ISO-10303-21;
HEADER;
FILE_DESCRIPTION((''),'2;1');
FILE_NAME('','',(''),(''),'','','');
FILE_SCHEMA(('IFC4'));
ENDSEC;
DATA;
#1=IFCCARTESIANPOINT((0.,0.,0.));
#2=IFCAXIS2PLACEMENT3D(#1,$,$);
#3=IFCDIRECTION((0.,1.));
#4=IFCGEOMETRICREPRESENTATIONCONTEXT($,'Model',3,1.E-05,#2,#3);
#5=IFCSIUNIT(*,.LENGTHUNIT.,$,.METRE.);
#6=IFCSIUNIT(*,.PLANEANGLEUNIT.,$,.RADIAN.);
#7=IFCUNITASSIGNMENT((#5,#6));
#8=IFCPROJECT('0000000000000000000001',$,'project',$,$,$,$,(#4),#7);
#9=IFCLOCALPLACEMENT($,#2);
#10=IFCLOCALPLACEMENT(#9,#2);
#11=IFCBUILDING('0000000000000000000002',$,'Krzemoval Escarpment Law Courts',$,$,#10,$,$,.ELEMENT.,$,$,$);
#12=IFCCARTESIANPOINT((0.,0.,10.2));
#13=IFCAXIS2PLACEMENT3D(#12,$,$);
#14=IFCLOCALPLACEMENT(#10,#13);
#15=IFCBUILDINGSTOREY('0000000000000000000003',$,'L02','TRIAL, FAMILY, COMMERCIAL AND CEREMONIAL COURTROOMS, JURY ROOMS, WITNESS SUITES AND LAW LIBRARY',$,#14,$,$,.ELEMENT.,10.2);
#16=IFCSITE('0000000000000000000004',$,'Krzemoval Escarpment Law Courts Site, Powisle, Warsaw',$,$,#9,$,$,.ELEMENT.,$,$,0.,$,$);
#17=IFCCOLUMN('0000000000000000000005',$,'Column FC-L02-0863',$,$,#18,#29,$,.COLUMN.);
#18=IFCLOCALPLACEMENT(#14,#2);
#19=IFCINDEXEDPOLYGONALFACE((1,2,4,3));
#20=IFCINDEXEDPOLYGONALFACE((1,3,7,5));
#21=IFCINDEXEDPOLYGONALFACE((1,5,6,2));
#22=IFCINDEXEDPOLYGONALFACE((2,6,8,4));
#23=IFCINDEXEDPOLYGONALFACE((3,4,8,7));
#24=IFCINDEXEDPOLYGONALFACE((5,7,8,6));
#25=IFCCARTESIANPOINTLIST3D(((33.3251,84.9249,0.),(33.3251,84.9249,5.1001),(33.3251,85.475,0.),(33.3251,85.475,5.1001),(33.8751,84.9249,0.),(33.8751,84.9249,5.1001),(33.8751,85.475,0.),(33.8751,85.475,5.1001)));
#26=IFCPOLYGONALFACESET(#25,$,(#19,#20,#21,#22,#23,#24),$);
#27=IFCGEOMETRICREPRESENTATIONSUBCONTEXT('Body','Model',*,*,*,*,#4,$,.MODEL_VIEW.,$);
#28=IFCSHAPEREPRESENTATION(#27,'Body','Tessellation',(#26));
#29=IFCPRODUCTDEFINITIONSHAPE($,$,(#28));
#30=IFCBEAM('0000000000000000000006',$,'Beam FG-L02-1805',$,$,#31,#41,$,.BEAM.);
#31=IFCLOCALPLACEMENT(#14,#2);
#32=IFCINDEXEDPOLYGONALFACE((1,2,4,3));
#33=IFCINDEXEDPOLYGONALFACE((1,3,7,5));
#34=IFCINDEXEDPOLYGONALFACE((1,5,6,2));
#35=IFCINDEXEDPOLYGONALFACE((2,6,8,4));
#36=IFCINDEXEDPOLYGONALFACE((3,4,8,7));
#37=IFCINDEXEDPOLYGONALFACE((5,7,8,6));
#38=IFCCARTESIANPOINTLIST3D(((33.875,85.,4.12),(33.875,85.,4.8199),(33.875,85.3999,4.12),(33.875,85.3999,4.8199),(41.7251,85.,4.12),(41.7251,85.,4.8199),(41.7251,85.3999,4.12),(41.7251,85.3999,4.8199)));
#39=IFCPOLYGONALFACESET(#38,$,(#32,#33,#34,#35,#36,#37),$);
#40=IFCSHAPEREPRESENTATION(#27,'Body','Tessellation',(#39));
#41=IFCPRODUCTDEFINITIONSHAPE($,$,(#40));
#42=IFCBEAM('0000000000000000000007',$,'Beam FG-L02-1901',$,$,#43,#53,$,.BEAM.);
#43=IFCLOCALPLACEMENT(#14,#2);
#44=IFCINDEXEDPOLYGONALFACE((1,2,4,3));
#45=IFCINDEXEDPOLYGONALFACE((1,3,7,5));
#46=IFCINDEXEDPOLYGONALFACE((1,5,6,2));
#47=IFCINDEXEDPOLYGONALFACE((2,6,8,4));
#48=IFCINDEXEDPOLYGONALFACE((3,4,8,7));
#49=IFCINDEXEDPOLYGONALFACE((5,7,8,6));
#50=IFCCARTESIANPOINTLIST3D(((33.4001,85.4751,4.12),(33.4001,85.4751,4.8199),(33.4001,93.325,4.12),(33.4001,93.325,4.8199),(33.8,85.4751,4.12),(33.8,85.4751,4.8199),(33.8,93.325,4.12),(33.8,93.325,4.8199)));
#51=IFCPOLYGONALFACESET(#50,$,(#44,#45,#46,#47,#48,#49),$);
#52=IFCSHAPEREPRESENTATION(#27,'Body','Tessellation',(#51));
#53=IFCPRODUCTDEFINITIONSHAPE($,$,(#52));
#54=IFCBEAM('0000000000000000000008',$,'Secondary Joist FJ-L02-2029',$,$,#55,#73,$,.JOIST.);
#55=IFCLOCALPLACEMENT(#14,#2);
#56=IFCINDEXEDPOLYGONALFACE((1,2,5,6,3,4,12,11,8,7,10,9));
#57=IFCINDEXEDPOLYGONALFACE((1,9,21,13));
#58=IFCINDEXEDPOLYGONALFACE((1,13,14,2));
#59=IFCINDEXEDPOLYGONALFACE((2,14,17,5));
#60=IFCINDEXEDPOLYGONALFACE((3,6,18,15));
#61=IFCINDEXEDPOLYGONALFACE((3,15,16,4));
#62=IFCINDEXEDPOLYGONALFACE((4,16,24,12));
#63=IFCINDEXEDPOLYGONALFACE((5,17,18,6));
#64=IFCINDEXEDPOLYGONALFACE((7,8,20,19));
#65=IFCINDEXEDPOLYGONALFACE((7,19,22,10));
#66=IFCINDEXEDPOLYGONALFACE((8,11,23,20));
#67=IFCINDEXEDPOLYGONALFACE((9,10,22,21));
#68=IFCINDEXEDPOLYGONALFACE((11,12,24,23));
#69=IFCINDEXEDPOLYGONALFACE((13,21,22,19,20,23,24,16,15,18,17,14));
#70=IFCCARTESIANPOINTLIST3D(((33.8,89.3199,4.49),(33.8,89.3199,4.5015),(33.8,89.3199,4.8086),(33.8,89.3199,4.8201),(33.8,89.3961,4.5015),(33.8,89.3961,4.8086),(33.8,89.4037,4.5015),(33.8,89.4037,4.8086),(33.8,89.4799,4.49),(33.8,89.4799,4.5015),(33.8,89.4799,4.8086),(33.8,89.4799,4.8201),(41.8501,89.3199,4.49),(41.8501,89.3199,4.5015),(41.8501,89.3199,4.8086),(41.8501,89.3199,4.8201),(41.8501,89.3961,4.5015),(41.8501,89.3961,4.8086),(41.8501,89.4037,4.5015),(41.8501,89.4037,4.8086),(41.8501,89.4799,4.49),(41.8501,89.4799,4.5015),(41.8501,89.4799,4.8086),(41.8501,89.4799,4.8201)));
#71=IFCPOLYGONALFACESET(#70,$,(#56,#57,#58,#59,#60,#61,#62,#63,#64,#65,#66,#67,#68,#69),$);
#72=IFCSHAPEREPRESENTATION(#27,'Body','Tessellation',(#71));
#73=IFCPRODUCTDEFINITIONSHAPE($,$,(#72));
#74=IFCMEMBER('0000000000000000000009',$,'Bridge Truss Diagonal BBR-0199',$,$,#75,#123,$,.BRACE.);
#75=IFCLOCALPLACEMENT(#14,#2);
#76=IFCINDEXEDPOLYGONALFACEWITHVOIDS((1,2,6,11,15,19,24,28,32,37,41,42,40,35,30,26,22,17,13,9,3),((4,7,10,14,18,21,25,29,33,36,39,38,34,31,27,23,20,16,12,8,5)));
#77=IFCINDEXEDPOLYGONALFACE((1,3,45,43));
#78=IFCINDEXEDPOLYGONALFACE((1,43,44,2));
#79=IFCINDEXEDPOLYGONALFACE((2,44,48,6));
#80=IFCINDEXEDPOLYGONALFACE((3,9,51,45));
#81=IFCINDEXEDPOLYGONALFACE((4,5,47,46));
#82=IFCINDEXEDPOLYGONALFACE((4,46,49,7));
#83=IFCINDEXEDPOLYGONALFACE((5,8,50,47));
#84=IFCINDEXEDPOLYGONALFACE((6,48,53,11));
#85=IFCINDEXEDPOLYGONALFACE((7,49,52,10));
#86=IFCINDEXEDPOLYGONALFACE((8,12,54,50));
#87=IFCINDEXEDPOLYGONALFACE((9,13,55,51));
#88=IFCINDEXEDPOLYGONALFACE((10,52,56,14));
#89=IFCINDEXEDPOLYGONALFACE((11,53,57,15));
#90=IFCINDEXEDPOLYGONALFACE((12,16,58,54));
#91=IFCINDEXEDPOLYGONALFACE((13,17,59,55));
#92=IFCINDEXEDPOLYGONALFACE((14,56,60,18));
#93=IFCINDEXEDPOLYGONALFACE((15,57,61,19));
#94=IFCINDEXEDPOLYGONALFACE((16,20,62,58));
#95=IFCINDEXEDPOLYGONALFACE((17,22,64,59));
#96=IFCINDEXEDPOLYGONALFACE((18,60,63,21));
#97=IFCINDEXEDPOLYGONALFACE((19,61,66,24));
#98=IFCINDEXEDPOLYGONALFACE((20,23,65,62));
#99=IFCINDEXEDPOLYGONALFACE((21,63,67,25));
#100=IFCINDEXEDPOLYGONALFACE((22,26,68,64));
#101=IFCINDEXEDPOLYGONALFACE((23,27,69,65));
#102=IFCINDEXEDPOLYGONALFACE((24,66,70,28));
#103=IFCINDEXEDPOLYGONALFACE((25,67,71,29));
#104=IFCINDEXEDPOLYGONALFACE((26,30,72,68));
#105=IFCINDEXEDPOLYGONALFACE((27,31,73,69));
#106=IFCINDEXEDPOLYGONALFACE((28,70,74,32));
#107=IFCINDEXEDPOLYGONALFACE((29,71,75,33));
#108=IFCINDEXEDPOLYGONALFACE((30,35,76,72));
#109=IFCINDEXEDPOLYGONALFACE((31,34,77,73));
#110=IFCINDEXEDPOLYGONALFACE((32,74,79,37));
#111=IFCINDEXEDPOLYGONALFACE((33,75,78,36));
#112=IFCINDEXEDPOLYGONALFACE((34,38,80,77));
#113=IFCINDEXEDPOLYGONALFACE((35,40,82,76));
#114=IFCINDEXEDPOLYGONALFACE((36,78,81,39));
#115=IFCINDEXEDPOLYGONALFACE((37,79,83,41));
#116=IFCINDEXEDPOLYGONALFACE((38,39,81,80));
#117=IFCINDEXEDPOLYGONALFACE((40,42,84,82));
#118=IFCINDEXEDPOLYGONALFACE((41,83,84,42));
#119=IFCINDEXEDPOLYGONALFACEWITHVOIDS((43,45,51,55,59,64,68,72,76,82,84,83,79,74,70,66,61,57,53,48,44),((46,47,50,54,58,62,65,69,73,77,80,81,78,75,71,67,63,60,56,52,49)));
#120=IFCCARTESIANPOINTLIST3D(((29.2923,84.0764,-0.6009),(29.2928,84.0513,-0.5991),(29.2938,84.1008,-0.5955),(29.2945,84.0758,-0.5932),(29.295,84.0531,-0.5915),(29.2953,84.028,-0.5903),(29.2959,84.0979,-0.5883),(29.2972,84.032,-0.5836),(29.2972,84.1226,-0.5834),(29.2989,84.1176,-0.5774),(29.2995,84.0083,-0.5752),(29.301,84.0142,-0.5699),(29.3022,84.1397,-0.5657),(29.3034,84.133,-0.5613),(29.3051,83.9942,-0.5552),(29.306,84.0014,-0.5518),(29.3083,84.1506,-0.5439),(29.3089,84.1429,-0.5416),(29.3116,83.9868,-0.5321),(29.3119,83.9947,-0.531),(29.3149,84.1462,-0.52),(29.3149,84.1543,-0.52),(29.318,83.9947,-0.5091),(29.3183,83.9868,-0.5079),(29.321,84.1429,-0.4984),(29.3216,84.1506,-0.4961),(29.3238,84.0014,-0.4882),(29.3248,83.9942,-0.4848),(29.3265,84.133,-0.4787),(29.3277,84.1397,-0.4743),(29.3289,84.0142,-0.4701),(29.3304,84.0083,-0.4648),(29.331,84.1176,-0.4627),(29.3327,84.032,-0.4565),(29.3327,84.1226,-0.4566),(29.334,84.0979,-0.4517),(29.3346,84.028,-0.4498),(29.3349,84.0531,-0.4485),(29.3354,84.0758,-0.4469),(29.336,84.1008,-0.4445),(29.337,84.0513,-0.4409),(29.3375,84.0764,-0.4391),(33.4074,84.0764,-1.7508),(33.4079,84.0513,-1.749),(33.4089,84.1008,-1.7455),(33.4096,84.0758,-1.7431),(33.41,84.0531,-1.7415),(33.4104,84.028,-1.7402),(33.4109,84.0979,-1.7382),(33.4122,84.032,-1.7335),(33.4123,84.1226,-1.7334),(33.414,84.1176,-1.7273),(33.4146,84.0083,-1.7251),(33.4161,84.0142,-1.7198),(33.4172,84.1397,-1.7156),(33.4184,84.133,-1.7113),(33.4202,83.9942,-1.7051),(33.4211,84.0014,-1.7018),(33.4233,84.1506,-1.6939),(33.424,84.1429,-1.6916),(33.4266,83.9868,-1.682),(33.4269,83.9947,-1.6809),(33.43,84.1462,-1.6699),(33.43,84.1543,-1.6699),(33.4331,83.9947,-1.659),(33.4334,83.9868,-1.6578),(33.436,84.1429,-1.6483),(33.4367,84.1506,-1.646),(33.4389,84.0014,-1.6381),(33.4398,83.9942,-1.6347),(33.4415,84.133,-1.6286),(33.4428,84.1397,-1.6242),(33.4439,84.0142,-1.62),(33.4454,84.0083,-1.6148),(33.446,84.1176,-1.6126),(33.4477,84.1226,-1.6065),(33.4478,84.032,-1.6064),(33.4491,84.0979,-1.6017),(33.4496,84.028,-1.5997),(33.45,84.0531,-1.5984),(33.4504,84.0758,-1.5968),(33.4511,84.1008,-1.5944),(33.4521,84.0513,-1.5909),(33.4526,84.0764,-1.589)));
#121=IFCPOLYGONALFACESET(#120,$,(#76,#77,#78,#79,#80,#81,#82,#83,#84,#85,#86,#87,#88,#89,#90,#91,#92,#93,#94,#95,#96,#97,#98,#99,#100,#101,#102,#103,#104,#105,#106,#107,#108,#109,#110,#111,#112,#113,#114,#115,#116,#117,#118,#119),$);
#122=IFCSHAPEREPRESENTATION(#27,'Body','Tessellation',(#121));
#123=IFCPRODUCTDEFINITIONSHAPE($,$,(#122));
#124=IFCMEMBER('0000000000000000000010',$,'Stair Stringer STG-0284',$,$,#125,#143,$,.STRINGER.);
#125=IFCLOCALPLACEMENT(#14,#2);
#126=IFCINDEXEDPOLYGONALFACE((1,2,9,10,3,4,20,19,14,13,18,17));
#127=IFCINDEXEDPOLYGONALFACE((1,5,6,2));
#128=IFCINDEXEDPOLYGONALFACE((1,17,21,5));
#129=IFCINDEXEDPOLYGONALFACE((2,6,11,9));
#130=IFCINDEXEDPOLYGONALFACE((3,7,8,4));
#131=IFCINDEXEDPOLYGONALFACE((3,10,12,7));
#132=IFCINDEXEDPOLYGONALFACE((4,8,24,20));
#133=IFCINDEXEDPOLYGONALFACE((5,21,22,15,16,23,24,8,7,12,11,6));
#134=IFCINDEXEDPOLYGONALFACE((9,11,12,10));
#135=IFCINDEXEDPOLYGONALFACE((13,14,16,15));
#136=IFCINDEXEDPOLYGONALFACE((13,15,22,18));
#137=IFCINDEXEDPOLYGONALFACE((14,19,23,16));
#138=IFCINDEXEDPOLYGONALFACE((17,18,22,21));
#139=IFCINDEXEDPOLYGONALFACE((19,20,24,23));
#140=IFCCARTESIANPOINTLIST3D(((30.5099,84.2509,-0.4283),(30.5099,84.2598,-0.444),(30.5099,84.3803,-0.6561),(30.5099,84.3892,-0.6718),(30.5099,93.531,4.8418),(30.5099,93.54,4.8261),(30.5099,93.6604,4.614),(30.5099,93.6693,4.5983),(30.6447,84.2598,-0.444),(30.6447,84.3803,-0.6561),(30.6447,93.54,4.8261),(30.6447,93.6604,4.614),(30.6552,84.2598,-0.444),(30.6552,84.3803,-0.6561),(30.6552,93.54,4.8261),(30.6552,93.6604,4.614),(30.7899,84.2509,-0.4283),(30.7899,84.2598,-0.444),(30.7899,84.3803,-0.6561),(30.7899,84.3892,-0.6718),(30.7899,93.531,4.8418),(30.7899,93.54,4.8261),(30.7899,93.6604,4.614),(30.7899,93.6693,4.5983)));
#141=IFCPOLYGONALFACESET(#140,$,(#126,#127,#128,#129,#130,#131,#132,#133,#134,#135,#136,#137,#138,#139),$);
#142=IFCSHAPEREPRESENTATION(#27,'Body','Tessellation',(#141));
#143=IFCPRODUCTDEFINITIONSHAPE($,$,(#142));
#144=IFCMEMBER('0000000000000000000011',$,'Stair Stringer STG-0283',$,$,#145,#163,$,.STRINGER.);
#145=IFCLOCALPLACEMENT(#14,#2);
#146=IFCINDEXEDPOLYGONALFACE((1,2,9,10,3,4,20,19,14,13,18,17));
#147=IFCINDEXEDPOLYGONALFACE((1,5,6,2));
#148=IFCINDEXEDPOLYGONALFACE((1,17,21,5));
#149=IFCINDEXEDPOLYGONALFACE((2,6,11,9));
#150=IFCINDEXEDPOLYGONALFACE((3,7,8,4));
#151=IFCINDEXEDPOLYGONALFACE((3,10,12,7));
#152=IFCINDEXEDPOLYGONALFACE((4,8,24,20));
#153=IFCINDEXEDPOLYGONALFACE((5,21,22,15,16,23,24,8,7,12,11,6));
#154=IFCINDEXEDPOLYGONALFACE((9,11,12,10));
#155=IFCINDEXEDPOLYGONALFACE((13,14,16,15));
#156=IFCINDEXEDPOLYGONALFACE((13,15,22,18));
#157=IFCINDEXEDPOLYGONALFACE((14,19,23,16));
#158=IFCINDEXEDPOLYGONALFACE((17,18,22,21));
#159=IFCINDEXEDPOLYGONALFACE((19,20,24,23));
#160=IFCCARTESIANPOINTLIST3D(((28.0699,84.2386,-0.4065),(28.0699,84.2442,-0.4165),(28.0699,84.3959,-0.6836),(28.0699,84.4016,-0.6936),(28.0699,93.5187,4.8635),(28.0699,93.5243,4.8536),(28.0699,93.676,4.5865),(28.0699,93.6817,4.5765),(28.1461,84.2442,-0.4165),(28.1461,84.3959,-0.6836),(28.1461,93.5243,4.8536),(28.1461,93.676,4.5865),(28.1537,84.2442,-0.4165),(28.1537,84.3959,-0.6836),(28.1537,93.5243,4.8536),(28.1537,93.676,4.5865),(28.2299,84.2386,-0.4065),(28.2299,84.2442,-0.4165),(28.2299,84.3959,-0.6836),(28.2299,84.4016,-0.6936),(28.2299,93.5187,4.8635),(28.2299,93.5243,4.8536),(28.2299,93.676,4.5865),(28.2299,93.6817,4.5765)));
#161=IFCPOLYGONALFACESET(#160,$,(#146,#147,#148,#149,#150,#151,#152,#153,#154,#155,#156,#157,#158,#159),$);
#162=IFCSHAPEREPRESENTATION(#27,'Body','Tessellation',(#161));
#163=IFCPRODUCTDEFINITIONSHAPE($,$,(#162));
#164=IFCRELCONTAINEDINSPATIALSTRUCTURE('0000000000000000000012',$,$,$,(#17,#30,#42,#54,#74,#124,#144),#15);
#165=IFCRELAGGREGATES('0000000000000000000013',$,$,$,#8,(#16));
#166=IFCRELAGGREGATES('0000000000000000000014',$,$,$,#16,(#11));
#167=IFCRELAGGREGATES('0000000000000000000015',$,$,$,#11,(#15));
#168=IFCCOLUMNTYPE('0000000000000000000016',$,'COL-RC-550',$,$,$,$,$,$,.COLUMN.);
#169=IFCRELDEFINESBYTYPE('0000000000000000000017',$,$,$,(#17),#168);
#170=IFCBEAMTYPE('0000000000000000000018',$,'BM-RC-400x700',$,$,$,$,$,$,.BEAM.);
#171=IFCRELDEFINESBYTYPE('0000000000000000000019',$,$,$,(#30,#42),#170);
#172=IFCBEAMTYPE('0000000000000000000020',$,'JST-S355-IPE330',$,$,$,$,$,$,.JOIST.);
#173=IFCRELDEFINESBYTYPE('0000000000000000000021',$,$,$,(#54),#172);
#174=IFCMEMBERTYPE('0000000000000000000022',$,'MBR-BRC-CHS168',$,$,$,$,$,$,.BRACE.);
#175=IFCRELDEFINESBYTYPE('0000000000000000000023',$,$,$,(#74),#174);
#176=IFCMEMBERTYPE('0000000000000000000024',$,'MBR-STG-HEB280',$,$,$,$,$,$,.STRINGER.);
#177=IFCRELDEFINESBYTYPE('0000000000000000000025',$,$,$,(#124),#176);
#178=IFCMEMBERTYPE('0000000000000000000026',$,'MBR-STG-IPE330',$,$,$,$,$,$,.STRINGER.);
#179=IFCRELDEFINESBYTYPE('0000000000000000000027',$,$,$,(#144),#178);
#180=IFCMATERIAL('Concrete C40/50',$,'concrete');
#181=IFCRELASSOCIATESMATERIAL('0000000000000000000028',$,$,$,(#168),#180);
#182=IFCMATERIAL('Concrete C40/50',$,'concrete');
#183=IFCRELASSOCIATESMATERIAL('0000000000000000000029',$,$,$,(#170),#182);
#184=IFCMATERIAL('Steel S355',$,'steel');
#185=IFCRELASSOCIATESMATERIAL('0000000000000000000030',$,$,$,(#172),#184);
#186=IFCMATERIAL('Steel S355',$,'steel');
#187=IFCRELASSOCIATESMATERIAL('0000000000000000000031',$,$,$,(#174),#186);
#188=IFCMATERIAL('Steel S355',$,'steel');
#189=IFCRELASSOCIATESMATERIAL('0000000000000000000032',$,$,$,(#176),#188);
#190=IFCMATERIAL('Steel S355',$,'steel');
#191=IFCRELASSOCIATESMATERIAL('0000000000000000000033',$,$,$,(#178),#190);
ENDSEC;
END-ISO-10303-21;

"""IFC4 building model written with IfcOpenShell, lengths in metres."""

from ifc_helpers import new_model, si_unit, direction, frame, origin, origin_2d, place, context, subcontext, project, spatial, rectangle, hollow_circle, i_section, extrude, material, material_profile, profile_set, type_object, element, save


model = new_model("IFC4")

# Units and contexts
model_context = context("Model", 3, precision=1e-05, world=origin(), true_north=direction((0.0, 1.0)))
body_context = subcontext(model_context, "Body", "Model", "MODEL_VIEW")
ifc_project = project(units=[si_unit("LENGTHUNIT", "METRE"), si_unit("PLANEANGLEUNIT", "RADIAN")], contexts=[model_context])

# Site, building, storey
site_placement = place(None, origin())
site = spatial("IfcSite", under=ifc_project, at=site_placement, Name="Krzemoval Escarpment Law Courts Site, Powisle, Warsaw", CompositionType="ELEMENT", RefElevation=0.0)
building_placement = place(site_placement, origin())
building = spatial("IfcBuilding", under=site, at=building_placement, Name="Krzemoval Escarpment Law Courts", CompositionType="ELEMENT")
storey_placement = place(building_placement, frame((0.0, 0.0, 10.2)))
storey = spatial("IfcBuildingStorey", under=building, at=storey_placement, Name="L02", Description="TRIAL, FAMILY, COMMERCIAL AND CEREMONIAL COURTROOMS, JURY ROOMS, WITNESS SUITES AND LAW LIBRARY", CompositionType="ELEMENT", Elevation=10.2)

# Column
ifc_material_1 = material(Name="Concrete C40/50", Category="concrete")
ifc_material_profile_1 = material_profile(ifc_material_1, rectangle(XDim=0.55, YDim=0.55, at=origin_2d()), Name="RC 550x550")
ifc_profile_set_1 = profile_set([ifc_material_profile_1], Name="Concrete C40/50")
column_type = type_object("IfcColumnType", Name="COL-RC-550", PredefinedType="COLUMN", material=ifc_profile_set_1)
column_placement = place(storey_placement, frame((33.6001, 85.2, 0.0), z_axis=(0.0, 0.0, 1.0), x_axis=(1.0, 0.0, 0.0)))
element("IfcColumn", 1, at=column_placement, inside=storey, type_object=column_type, Name="Column FC-L02-0863", PredefinedType="COLUMN", context=body_context, shape_type="SweptSolid", body=[
    extrude(rectangle(XDim=0.55, YDim=0.55, at=origin_2d()), origin(), (0.0, 0.0, 1.0), 5.1001),
])

# Beams
ifc_material_2 = material(Name="Concrete C40/50", Category="concrete")
ifc_material_profile_2 = material_profile(ifc_material_2, rectangle(XDim=0.3999, YDim=0.7, at=origin_2d()), Name="RCB 400x700")
ifc_profile_set_2 = profile_set([ifc_material_profile_2], Name="Concrete C40/50")
beam_type_1 = type_object("IfcBeamType", Name="BM-RC-400x700", PredefinedType="BEAM", material=ifc_profile_set_2)
beam_1_placement = place(storey_placement, frame((33.875, 85.2, 4.47), z_axis=(1.0, 0.0, 0.0), x_axis=(0.0, 1.0, 0.0)))
element("IfcBeam", 2, at=beam_1_placement, inside=storey, type_object=beam_type_1, Name="Beam FG-L02-1805", PredefinedType="BEAM", context=body_context, shape_type="SweptSolid", body=[
    extrude(rectangle(XDim=0.3999, YDim=0.7, at=origin_2d()), origin(), (0.0, 0.0, 1.0), 7.8501),
])
beam_2_placement = place(storey_placement, frame((33.6001, 85.4751, 4.47), z_axis=(0.0, 1.0, 0.0), x_axis=(-1.0, 0.0, 0.0)))
element("IfcBeam", 3, at=beam_2_placement, inside=storey, type_object=beam_type_1, Name="Beam FG-L02-1901", PredefinedType="BEAM", context=body_context, shape_type="SweptSolid", body=[
    extrude(rectangle(XDim=0.3999, YDim=0.7, at=origin_2d()), origin(), (0.0, 0.0, 1.0), 7.8499),
])
ifc_material_3 = material(Name="Steel S355", Category="steel")
ifc_material_profile_3 = material_profile(ifc_material_3, i_section(OverallWidth=0.1599, OverallDepth=0.3301, WebThickness=0.0076, FlangeThickness=0.0115, at=origin_2d()), Name="IPE 330")
ifc_profile_set_3 = profile_set([ifc_material_profile_3], Name="Steel S355")
beam_type_2 = type_object("IfcBeamType", Name="JST-S355-IPE330", PredefinedType="JOIST", material=ifc_profile_set_3)
beam_3_placement = place(storey_placement, frame((33.8, 89.3999, 4.655), z_axis=(1.0, 0.0, 0.0), x_axis=(0.0, 1.0, 0.0)))
element("IfcBeam", 4, at=beam_3_placement, inside=storey, type_object=beam_type_2, Name="Secondary Joist FJ-L02-2029", PredefinedType="JOIST", context=body_context, shape_type="SweptSolid", body=[
    extrude(i_section(OverallWidth=0.1599, OverallDepth=0.3301, WebThickness=0.0076, FlangeThickness=0.0115, at=origin_2d()), origin(), (0.0, 0.0, 1.0), 8.05),
])

# Members
ifc_material_4 = material(Name="Steel S355", Category="steel")
ifc_material_profile_4 = material_profile(ifc_material_4, hollow_circle(Radius=0.0842, WallThickness=0.0081, at=origin_2d()), Name="CHS 168.3x8")
ifc_profile_set_4 = profile_set([ifc_material_profile_4], Name="Steel S355")
member_type_1 = type_object("IfcMemberType", Name="MBR-BRC-CHS168", PredefinedType="BRACE", material=ifc_profile_set_4)
member_1_placement = place(storey_placement, frame((29.3149, 84.0701, -0.52), z_axis=(0.963103, 0.0, -0.269132), x_axis=(0.0, 1.0, 0.0)))
element("IfcMember", 5, at=member_1_placement, inside=storey, type_object=member_type_1, Name="Bridge Truss Diagonal BBR-0199", PredefinedType="BRACE", context=body_context, shape_type="SweptSolid", body=[
    extrude(hollow_circle(Radius=0.0842, WallThickness=0.0081, at=origin_2d()), origin(), (0.0, 0.0, 1.0), 4.2727),
])
ifc_material_5 = material(Name="Steel S355", Category="steel")
ifc_material_profile_5 = material_profile(ifc_material_5, i_section(OverallWidth=0.28, OverallDepth=0.28, WebThickness=0.0105, FlangeThickness=0.0181, at=origin_2d()), Name="HEB 280")
ifc_profile_set_5 = profile_set([ifc_material_profile_5], Name="Steel S355")
member_type_2 = type_object("IfcMemberType", Name="MBR-STG-HEB280", PredefinedType="STRINGER", material=ifc_profile_set_5)
member_2_placement = place(storey_placement, frame((30.6499, 84.3201, -0.55), z_axis=(0.0, 0.869566, 0.493816), x_axis=(-1.0, 0.0, 0.0)))
element("IfcMember", 6, at=member_2_placement, inside=storey, type_object=member_type_2, Name="Stair Stringer STG-0284", PredefinedType="STRINGER", context=body_context, shape_type="SweptSolid", body=[
    extrude(i_section(OverallWidth=0.28, OverallDepth=0.28, WebThickness=0.0105, FlangeThickness=0.0181, at=origin_2d()), origin(), (0.0, 0.0, 1.0), 10.6721),
])
ifc_material_6 = material(Name="Steel S355", Category="steel")
ifc_material_profile_6 = material_profile(ifc_material_6, i_section(OverallWidth=0.1599, OverallDepth=0.3301, WebThickness=0.0076, FlangeThickness=0.0115, at=origin_2d()), Name="IPE 330")
ifc_profile_set_6 = profile_set([ifc_material_profile_6], Name="Steel S355")
member_type_3 = type_object("IfcMemberType", Name="MBR-STG-IPE330", PredefinedType="STRINGER", material=ifc_profile_set_6)
member_3_placement = place(storey_placement, frame((28.1499, 84.3201, -0.55), z_axis=(0.0, 0.869566, 0.493816), x_axis=(-1.0, 0.0, 0.0)))
element("IfcMember", 7, at=member_3_placement, inside=storey, type_object=member_type_3, Name="Stair Stringer STG-0283", PredefinedType="STRINGER", context=body_context, shape_type="SweptSolid", body=[
    extrude(i_section(OverallWidth=0.1599, OverallDepth=0.3301, WebThickness=0.0076, FlangeThickness=0.0115, at=origin_2d()), origin(), (0.0, 0.0, 1.0), 10.6721),
])

save(model, "model.ifc")
